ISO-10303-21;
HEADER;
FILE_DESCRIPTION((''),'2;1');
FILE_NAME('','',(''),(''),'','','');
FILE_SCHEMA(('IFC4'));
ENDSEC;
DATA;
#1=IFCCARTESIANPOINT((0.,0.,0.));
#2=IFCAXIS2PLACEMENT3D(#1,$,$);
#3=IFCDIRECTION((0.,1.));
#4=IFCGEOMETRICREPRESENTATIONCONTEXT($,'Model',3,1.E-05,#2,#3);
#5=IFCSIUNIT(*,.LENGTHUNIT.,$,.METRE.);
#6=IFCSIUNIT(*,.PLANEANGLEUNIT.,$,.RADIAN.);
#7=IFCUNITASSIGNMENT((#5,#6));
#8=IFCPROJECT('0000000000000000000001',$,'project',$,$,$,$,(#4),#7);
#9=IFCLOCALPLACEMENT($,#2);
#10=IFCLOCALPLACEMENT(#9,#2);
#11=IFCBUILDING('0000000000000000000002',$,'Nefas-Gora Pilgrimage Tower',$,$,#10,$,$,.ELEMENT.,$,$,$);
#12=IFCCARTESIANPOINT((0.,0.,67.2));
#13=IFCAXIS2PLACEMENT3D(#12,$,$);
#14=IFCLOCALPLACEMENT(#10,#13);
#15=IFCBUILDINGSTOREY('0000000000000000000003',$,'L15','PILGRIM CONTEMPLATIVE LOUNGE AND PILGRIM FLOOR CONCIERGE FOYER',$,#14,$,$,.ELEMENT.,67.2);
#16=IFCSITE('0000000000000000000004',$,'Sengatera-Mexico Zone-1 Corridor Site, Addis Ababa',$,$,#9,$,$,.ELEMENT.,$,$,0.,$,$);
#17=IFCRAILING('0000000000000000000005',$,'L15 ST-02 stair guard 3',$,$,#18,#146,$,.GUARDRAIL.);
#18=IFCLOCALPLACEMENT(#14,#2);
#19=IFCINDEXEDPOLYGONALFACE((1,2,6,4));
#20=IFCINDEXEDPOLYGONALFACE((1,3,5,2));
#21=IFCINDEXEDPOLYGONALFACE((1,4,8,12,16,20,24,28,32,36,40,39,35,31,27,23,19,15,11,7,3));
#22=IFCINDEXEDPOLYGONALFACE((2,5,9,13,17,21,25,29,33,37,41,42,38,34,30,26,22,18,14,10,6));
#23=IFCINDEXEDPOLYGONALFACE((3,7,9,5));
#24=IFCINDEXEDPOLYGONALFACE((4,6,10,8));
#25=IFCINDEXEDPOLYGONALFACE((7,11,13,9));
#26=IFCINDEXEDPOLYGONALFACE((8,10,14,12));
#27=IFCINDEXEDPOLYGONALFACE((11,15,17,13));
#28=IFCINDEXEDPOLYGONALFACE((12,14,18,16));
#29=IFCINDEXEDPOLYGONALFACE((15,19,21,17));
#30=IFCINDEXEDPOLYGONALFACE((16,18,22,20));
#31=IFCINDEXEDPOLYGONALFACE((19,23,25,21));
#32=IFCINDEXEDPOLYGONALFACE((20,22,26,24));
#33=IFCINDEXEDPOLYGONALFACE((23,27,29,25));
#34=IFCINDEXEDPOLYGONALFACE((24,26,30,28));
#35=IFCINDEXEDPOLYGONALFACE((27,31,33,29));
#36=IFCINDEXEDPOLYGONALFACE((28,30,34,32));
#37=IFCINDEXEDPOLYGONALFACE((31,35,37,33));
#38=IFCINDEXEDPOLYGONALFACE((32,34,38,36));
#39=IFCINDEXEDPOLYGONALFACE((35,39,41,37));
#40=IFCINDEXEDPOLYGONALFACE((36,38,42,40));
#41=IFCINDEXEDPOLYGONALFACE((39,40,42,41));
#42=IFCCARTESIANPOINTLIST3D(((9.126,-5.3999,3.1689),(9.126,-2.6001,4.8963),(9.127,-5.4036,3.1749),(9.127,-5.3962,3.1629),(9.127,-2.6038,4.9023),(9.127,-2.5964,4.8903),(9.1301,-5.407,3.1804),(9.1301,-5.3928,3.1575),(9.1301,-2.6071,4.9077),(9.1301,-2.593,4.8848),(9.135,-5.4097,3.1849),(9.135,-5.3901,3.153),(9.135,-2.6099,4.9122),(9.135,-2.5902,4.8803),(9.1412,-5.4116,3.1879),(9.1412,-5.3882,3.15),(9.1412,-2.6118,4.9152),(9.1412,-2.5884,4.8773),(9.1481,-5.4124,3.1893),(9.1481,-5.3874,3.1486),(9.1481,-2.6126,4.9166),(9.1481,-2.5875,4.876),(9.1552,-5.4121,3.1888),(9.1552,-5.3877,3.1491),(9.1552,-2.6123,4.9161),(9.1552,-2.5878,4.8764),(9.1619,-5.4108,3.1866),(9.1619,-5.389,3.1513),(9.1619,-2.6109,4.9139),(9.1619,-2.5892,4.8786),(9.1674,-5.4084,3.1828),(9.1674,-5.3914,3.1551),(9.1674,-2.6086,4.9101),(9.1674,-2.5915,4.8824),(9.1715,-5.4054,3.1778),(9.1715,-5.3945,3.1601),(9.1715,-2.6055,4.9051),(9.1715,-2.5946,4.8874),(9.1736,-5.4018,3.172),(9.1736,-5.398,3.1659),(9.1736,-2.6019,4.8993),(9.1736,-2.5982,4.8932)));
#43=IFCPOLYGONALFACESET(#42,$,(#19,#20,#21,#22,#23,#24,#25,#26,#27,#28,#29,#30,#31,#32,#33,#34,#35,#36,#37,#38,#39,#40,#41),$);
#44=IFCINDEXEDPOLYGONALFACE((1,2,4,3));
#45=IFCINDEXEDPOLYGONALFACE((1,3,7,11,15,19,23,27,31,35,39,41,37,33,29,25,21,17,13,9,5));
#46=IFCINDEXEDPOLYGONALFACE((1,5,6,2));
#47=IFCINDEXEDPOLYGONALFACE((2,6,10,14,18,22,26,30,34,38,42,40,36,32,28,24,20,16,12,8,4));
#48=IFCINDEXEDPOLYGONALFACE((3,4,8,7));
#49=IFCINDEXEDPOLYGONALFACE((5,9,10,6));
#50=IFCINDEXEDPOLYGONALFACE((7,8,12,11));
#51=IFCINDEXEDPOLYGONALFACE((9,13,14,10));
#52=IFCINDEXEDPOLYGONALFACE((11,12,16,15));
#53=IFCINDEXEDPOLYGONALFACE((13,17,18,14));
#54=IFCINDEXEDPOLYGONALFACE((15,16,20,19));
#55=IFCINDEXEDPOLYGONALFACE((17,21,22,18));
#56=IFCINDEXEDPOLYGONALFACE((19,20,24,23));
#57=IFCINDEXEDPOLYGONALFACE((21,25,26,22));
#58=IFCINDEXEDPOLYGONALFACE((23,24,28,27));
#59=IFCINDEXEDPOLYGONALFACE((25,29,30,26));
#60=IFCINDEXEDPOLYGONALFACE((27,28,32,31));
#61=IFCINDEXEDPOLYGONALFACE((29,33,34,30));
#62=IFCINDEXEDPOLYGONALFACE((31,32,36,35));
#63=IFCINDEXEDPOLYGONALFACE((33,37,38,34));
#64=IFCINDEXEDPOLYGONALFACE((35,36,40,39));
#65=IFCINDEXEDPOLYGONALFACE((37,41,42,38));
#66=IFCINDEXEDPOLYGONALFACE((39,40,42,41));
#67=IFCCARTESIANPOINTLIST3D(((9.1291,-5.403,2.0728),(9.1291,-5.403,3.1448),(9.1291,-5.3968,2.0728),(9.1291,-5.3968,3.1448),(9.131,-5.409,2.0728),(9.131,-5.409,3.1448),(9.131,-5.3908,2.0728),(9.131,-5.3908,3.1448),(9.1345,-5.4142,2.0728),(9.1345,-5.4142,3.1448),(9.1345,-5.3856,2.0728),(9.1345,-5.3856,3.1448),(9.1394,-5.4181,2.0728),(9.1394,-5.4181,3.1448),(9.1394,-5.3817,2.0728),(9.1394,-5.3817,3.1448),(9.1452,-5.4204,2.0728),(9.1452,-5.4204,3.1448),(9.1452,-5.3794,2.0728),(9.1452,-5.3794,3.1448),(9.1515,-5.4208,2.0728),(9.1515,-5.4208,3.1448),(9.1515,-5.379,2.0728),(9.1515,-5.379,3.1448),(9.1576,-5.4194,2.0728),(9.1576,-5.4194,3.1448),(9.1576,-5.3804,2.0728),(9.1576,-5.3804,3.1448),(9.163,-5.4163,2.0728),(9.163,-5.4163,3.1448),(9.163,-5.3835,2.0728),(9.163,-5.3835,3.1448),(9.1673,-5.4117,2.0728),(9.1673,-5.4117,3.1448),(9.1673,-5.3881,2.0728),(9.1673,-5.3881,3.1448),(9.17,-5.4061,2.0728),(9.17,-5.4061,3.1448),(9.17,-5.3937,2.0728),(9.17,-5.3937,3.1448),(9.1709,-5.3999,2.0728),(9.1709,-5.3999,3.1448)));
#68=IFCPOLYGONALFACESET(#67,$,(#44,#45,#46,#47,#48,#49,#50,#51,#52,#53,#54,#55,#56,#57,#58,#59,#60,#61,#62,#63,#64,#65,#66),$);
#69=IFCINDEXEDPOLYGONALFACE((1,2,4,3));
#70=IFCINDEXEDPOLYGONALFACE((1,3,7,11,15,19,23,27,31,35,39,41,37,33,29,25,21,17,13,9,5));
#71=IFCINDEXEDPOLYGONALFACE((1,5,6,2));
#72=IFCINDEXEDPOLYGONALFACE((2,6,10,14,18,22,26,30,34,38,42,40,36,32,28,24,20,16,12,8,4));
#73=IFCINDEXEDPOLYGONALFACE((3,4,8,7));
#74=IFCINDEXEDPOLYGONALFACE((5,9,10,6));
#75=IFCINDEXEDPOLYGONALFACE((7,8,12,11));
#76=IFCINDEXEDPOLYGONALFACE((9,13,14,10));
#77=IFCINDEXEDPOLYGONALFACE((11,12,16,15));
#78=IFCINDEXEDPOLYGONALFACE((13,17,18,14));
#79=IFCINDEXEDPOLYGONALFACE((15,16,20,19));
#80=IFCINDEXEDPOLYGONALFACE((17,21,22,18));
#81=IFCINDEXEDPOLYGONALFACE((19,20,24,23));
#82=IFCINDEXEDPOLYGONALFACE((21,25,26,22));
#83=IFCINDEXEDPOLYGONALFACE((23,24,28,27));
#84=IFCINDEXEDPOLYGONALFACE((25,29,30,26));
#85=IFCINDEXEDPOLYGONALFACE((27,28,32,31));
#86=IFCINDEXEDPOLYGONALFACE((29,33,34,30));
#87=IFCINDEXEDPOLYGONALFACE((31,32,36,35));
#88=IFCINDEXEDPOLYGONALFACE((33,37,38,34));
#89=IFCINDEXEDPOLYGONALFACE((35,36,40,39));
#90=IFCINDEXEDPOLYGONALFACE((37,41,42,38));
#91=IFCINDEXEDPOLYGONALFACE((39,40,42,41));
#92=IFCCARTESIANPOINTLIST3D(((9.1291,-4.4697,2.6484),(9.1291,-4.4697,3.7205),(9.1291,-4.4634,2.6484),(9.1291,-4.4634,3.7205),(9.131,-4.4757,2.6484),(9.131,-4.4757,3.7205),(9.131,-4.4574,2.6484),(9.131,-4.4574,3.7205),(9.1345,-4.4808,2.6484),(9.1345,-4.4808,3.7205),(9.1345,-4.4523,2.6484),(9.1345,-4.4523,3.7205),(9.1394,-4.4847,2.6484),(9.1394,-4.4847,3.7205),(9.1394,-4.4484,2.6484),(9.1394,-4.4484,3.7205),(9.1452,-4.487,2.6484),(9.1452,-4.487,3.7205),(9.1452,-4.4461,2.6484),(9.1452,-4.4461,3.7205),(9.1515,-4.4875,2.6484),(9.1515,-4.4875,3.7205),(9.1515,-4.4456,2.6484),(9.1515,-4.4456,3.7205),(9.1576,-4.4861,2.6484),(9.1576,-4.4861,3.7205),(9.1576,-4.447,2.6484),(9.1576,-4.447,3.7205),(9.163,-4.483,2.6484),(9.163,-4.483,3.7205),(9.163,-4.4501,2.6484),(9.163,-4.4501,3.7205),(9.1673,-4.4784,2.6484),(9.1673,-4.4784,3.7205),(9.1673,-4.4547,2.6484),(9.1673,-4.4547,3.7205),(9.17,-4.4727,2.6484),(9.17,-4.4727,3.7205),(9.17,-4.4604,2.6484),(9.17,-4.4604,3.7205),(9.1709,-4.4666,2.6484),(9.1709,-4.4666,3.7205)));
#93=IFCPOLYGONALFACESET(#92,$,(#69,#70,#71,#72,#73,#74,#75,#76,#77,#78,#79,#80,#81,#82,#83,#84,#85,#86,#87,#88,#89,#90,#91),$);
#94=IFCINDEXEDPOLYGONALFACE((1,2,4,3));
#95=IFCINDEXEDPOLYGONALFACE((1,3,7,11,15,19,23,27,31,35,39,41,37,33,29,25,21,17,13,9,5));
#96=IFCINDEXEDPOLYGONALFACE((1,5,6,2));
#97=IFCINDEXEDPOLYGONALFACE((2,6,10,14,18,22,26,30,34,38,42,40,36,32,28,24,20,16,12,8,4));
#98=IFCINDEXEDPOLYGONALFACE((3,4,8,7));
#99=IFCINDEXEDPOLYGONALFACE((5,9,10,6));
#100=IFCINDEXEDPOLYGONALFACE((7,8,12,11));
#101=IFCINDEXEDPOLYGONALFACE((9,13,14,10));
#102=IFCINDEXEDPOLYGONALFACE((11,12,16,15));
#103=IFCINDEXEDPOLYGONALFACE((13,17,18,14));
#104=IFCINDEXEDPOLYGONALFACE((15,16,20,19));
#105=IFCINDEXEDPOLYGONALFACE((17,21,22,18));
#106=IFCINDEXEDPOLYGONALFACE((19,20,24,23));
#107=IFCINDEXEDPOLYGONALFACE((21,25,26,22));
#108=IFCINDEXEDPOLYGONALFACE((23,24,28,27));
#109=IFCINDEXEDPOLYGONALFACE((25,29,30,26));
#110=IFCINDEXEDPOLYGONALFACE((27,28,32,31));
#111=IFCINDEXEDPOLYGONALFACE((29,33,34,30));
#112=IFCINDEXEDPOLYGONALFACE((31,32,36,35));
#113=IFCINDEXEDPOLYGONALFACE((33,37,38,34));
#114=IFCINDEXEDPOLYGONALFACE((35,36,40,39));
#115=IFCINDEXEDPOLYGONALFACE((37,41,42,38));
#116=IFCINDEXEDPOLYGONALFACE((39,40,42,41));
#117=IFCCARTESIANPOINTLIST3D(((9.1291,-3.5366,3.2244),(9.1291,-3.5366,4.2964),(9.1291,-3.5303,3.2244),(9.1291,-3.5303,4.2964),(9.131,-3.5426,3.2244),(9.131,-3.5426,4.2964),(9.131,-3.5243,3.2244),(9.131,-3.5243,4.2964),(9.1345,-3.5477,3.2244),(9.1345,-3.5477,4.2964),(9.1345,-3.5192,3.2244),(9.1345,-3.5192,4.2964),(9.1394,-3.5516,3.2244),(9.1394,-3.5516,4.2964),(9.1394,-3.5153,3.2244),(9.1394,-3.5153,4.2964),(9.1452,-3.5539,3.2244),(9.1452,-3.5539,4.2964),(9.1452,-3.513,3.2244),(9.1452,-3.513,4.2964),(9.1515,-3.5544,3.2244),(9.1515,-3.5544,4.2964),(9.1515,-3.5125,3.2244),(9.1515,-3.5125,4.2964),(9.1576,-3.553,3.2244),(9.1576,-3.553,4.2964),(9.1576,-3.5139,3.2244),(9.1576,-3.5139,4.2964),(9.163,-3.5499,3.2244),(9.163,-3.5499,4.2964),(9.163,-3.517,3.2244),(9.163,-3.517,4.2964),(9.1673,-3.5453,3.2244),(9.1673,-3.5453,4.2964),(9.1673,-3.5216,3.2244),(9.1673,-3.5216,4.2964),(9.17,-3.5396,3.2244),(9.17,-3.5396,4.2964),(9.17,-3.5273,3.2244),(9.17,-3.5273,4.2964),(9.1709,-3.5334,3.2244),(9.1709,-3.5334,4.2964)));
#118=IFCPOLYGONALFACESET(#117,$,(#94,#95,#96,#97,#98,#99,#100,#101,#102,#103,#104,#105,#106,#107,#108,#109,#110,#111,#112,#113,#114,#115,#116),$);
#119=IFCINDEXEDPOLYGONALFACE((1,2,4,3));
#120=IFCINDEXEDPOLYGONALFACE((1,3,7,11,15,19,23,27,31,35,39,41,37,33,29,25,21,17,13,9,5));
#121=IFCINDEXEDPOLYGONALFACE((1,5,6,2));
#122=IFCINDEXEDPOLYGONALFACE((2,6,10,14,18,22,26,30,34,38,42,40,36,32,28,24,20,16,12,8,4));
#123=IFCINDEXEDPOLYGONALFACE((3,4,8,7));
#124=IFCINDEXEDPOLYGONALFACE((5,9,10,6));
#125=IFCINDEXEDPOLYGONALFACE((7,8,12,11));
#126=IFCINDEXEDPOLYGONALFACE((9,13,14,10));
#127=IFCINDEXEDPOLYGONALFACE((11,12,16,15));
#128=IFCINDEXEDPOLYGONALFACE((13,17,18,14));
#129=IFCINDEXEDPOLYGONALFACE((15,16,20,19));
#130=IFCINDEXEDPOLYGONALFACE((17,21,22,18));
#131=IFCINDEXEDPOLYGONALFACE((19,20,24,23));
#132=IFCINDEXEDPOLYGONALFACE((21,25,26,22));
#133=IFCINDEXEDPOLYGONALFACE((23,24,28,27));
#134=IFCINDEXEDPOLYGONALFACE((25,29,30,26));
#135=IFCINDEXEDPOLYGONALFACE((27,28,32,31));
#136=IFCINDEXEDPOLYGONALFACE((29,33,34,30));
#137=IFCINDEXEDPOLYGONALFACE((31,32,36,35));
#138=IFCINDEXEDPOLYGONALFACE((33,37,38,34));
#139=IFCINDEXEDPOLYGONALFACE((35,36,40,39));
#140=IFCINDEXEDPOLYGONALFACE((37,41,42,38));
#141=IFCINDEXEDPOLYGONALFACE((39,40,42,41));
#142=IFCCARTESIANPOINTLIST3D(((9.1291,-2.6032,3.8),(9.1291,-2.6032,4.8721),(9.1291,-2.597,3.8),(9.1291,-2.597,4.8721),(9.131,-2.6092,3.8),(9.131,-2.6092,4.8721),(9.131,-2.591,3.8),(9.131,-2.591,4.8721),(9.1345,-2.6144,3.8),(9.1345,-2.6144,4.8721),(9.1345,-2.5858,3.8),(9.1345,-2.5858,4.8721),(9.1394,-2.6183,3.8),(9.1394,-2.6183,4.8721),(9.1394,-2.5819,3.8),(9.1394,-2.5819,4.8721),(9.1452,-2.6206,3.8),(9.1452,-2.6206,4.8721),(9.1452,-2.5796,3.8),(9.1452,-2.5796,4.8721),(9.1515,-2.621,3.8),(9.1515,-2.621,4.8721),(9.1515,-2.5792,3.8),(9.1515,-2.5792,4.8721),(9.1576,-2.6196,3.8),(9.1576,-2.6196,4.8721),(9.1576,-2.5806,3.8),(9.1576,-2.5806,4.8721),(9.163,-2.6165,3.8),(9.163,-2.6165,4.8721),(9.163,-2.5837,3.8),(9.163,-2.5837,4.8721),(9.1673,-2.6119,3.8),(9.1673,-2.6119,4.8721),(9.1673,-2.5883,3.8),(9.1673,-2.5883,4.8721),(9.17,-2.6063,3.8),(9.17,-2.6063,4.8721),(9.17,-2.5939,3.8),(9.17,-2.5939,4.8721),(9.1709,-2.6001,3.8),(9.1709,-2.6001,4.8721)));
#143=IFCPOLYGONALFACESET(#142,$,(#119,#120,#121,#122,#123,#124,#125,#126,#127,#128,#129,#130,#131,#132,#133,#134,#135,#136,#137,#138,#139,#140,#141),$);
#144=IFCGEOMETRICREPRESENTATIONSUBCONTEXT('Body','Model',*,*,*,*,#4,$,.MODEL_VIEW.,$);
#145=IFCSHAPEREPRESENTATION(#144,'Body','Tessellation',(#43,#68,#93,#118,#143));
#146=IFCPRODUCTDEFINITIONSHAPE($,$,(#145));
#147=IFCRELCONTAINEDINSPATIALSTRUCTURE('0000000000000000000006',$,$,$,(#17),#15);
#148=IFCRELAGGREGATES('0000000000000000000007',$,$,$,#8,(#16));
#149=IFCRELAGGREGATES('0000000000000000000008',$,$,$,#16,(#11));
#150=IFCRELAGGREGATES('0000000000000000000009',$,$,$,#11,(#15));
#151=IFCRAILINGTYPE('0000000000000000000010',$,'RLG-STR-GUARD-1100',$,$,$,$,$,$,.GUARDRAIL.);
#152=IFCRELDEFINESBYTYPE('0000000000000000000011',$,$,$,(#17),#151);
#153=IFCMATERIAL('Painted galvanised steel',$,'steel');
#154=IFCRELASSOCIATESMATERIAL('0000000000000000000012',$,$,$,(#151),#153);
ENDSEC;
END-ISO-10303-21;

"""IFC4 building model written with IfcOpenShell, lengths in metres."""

from ifc_helpers import new_model, si_unit, direction, frame, origin, origin_2d, place, context, subcontext, project, spatial, circle, extrude, material, type_object, element, save


model = new_model("IFC4")

# Units and contexts
model_context = context("Model", 3, precision=1e-05, world=origin(), true_north=direction((0.0, 1.0)))
body_context = subcontext(model_context, "Body", "Model", "MODEL_VIEW")
ifc_project = project(units=[si_unit("LENGTHUNIT", "METRE"), si_unit("PLANEANGLEUNIT", "RADIAN")], contexts=[model_context])

# Site, building, storey
site_placement = place(None, origin())
site = spatial("IfcSite", under=ifc_project, at=site_placement, Name="Sengatera-Mexico Zone-1 Corridor Site, Addis Ababa", CompositionType="ELEMENT", RefElevation=0.0)
building_placement = place(site_placement, origin())
building = spatial("IfcBuilding", under=site, at=building_placement, Name="Nefas-Gora Pilgrimage Tower", CompositionType="ELEMENT")
storey_placement = place(building_placement, frame((0.0, 0.0, 67.2)))
storey = spatial("IfcBuildingStorey", under=building, at=storey_placement, Name="L15", Description="PILGRIM CONTEMPLATIVE LOUNGE AND PILGRIM FLOOR CONCIERGE FOYER", CompositionType="ELEMENT", Elevation=67.2)

# Railing
ifc_material_1 = material(Name="Painted galvanised steel", Category="steel")
railing_type_1 = type_object("IfcRailingType", Name="RLG-STR-GUARD-1100", PredefinedType="GUARDRAIL", material=ifc_material_1)
railing_1_placement = place(storey_placement, frame((9.1499, -5.3999, 2.0728)))
element("IfcRailing", 1, at=railing_1_placement, inside=storey, type_object=railing_type_1, Name="L15 ST-02 stair guard 3", PredefinedType="GUARDRAIL", context=body_context, shape_type="SweptSolid", body=[
    extrude(circle(Radius=0.0239, at=origin_2d()), frame((0.0, 0.0, 1.0962), z_axis=(0.0, 0.851069, 0.525054), x_axis=(-1.0, 0.0, 0.0)), (0.0, 0.0, 1.0), 3.2898),
    extrude(circle(Radius=0.021, at=origin_2d()), origin(), (0.0, 0.0, 1.0), 1.072),
    extrude(circle(Radius=0.021, at=origin_2d()), frame((0.0, 0.9333, 0.5757)), (0.0, 0.0, 1.0), 1.072),
    extrude(circle(Radius=0.021, at=origin_2d()), frame((0.0, 1.8665, 1.1516)), (0.0, 0.0, 1.0), 1.072),
    extrude(circle(Radius=0.021, at=origin_2d()), frame((0.0, 2.7998, 1.7273)), (0.0, 0.0, 1.0), 1.072),
])

save(model, "model.ifc")
